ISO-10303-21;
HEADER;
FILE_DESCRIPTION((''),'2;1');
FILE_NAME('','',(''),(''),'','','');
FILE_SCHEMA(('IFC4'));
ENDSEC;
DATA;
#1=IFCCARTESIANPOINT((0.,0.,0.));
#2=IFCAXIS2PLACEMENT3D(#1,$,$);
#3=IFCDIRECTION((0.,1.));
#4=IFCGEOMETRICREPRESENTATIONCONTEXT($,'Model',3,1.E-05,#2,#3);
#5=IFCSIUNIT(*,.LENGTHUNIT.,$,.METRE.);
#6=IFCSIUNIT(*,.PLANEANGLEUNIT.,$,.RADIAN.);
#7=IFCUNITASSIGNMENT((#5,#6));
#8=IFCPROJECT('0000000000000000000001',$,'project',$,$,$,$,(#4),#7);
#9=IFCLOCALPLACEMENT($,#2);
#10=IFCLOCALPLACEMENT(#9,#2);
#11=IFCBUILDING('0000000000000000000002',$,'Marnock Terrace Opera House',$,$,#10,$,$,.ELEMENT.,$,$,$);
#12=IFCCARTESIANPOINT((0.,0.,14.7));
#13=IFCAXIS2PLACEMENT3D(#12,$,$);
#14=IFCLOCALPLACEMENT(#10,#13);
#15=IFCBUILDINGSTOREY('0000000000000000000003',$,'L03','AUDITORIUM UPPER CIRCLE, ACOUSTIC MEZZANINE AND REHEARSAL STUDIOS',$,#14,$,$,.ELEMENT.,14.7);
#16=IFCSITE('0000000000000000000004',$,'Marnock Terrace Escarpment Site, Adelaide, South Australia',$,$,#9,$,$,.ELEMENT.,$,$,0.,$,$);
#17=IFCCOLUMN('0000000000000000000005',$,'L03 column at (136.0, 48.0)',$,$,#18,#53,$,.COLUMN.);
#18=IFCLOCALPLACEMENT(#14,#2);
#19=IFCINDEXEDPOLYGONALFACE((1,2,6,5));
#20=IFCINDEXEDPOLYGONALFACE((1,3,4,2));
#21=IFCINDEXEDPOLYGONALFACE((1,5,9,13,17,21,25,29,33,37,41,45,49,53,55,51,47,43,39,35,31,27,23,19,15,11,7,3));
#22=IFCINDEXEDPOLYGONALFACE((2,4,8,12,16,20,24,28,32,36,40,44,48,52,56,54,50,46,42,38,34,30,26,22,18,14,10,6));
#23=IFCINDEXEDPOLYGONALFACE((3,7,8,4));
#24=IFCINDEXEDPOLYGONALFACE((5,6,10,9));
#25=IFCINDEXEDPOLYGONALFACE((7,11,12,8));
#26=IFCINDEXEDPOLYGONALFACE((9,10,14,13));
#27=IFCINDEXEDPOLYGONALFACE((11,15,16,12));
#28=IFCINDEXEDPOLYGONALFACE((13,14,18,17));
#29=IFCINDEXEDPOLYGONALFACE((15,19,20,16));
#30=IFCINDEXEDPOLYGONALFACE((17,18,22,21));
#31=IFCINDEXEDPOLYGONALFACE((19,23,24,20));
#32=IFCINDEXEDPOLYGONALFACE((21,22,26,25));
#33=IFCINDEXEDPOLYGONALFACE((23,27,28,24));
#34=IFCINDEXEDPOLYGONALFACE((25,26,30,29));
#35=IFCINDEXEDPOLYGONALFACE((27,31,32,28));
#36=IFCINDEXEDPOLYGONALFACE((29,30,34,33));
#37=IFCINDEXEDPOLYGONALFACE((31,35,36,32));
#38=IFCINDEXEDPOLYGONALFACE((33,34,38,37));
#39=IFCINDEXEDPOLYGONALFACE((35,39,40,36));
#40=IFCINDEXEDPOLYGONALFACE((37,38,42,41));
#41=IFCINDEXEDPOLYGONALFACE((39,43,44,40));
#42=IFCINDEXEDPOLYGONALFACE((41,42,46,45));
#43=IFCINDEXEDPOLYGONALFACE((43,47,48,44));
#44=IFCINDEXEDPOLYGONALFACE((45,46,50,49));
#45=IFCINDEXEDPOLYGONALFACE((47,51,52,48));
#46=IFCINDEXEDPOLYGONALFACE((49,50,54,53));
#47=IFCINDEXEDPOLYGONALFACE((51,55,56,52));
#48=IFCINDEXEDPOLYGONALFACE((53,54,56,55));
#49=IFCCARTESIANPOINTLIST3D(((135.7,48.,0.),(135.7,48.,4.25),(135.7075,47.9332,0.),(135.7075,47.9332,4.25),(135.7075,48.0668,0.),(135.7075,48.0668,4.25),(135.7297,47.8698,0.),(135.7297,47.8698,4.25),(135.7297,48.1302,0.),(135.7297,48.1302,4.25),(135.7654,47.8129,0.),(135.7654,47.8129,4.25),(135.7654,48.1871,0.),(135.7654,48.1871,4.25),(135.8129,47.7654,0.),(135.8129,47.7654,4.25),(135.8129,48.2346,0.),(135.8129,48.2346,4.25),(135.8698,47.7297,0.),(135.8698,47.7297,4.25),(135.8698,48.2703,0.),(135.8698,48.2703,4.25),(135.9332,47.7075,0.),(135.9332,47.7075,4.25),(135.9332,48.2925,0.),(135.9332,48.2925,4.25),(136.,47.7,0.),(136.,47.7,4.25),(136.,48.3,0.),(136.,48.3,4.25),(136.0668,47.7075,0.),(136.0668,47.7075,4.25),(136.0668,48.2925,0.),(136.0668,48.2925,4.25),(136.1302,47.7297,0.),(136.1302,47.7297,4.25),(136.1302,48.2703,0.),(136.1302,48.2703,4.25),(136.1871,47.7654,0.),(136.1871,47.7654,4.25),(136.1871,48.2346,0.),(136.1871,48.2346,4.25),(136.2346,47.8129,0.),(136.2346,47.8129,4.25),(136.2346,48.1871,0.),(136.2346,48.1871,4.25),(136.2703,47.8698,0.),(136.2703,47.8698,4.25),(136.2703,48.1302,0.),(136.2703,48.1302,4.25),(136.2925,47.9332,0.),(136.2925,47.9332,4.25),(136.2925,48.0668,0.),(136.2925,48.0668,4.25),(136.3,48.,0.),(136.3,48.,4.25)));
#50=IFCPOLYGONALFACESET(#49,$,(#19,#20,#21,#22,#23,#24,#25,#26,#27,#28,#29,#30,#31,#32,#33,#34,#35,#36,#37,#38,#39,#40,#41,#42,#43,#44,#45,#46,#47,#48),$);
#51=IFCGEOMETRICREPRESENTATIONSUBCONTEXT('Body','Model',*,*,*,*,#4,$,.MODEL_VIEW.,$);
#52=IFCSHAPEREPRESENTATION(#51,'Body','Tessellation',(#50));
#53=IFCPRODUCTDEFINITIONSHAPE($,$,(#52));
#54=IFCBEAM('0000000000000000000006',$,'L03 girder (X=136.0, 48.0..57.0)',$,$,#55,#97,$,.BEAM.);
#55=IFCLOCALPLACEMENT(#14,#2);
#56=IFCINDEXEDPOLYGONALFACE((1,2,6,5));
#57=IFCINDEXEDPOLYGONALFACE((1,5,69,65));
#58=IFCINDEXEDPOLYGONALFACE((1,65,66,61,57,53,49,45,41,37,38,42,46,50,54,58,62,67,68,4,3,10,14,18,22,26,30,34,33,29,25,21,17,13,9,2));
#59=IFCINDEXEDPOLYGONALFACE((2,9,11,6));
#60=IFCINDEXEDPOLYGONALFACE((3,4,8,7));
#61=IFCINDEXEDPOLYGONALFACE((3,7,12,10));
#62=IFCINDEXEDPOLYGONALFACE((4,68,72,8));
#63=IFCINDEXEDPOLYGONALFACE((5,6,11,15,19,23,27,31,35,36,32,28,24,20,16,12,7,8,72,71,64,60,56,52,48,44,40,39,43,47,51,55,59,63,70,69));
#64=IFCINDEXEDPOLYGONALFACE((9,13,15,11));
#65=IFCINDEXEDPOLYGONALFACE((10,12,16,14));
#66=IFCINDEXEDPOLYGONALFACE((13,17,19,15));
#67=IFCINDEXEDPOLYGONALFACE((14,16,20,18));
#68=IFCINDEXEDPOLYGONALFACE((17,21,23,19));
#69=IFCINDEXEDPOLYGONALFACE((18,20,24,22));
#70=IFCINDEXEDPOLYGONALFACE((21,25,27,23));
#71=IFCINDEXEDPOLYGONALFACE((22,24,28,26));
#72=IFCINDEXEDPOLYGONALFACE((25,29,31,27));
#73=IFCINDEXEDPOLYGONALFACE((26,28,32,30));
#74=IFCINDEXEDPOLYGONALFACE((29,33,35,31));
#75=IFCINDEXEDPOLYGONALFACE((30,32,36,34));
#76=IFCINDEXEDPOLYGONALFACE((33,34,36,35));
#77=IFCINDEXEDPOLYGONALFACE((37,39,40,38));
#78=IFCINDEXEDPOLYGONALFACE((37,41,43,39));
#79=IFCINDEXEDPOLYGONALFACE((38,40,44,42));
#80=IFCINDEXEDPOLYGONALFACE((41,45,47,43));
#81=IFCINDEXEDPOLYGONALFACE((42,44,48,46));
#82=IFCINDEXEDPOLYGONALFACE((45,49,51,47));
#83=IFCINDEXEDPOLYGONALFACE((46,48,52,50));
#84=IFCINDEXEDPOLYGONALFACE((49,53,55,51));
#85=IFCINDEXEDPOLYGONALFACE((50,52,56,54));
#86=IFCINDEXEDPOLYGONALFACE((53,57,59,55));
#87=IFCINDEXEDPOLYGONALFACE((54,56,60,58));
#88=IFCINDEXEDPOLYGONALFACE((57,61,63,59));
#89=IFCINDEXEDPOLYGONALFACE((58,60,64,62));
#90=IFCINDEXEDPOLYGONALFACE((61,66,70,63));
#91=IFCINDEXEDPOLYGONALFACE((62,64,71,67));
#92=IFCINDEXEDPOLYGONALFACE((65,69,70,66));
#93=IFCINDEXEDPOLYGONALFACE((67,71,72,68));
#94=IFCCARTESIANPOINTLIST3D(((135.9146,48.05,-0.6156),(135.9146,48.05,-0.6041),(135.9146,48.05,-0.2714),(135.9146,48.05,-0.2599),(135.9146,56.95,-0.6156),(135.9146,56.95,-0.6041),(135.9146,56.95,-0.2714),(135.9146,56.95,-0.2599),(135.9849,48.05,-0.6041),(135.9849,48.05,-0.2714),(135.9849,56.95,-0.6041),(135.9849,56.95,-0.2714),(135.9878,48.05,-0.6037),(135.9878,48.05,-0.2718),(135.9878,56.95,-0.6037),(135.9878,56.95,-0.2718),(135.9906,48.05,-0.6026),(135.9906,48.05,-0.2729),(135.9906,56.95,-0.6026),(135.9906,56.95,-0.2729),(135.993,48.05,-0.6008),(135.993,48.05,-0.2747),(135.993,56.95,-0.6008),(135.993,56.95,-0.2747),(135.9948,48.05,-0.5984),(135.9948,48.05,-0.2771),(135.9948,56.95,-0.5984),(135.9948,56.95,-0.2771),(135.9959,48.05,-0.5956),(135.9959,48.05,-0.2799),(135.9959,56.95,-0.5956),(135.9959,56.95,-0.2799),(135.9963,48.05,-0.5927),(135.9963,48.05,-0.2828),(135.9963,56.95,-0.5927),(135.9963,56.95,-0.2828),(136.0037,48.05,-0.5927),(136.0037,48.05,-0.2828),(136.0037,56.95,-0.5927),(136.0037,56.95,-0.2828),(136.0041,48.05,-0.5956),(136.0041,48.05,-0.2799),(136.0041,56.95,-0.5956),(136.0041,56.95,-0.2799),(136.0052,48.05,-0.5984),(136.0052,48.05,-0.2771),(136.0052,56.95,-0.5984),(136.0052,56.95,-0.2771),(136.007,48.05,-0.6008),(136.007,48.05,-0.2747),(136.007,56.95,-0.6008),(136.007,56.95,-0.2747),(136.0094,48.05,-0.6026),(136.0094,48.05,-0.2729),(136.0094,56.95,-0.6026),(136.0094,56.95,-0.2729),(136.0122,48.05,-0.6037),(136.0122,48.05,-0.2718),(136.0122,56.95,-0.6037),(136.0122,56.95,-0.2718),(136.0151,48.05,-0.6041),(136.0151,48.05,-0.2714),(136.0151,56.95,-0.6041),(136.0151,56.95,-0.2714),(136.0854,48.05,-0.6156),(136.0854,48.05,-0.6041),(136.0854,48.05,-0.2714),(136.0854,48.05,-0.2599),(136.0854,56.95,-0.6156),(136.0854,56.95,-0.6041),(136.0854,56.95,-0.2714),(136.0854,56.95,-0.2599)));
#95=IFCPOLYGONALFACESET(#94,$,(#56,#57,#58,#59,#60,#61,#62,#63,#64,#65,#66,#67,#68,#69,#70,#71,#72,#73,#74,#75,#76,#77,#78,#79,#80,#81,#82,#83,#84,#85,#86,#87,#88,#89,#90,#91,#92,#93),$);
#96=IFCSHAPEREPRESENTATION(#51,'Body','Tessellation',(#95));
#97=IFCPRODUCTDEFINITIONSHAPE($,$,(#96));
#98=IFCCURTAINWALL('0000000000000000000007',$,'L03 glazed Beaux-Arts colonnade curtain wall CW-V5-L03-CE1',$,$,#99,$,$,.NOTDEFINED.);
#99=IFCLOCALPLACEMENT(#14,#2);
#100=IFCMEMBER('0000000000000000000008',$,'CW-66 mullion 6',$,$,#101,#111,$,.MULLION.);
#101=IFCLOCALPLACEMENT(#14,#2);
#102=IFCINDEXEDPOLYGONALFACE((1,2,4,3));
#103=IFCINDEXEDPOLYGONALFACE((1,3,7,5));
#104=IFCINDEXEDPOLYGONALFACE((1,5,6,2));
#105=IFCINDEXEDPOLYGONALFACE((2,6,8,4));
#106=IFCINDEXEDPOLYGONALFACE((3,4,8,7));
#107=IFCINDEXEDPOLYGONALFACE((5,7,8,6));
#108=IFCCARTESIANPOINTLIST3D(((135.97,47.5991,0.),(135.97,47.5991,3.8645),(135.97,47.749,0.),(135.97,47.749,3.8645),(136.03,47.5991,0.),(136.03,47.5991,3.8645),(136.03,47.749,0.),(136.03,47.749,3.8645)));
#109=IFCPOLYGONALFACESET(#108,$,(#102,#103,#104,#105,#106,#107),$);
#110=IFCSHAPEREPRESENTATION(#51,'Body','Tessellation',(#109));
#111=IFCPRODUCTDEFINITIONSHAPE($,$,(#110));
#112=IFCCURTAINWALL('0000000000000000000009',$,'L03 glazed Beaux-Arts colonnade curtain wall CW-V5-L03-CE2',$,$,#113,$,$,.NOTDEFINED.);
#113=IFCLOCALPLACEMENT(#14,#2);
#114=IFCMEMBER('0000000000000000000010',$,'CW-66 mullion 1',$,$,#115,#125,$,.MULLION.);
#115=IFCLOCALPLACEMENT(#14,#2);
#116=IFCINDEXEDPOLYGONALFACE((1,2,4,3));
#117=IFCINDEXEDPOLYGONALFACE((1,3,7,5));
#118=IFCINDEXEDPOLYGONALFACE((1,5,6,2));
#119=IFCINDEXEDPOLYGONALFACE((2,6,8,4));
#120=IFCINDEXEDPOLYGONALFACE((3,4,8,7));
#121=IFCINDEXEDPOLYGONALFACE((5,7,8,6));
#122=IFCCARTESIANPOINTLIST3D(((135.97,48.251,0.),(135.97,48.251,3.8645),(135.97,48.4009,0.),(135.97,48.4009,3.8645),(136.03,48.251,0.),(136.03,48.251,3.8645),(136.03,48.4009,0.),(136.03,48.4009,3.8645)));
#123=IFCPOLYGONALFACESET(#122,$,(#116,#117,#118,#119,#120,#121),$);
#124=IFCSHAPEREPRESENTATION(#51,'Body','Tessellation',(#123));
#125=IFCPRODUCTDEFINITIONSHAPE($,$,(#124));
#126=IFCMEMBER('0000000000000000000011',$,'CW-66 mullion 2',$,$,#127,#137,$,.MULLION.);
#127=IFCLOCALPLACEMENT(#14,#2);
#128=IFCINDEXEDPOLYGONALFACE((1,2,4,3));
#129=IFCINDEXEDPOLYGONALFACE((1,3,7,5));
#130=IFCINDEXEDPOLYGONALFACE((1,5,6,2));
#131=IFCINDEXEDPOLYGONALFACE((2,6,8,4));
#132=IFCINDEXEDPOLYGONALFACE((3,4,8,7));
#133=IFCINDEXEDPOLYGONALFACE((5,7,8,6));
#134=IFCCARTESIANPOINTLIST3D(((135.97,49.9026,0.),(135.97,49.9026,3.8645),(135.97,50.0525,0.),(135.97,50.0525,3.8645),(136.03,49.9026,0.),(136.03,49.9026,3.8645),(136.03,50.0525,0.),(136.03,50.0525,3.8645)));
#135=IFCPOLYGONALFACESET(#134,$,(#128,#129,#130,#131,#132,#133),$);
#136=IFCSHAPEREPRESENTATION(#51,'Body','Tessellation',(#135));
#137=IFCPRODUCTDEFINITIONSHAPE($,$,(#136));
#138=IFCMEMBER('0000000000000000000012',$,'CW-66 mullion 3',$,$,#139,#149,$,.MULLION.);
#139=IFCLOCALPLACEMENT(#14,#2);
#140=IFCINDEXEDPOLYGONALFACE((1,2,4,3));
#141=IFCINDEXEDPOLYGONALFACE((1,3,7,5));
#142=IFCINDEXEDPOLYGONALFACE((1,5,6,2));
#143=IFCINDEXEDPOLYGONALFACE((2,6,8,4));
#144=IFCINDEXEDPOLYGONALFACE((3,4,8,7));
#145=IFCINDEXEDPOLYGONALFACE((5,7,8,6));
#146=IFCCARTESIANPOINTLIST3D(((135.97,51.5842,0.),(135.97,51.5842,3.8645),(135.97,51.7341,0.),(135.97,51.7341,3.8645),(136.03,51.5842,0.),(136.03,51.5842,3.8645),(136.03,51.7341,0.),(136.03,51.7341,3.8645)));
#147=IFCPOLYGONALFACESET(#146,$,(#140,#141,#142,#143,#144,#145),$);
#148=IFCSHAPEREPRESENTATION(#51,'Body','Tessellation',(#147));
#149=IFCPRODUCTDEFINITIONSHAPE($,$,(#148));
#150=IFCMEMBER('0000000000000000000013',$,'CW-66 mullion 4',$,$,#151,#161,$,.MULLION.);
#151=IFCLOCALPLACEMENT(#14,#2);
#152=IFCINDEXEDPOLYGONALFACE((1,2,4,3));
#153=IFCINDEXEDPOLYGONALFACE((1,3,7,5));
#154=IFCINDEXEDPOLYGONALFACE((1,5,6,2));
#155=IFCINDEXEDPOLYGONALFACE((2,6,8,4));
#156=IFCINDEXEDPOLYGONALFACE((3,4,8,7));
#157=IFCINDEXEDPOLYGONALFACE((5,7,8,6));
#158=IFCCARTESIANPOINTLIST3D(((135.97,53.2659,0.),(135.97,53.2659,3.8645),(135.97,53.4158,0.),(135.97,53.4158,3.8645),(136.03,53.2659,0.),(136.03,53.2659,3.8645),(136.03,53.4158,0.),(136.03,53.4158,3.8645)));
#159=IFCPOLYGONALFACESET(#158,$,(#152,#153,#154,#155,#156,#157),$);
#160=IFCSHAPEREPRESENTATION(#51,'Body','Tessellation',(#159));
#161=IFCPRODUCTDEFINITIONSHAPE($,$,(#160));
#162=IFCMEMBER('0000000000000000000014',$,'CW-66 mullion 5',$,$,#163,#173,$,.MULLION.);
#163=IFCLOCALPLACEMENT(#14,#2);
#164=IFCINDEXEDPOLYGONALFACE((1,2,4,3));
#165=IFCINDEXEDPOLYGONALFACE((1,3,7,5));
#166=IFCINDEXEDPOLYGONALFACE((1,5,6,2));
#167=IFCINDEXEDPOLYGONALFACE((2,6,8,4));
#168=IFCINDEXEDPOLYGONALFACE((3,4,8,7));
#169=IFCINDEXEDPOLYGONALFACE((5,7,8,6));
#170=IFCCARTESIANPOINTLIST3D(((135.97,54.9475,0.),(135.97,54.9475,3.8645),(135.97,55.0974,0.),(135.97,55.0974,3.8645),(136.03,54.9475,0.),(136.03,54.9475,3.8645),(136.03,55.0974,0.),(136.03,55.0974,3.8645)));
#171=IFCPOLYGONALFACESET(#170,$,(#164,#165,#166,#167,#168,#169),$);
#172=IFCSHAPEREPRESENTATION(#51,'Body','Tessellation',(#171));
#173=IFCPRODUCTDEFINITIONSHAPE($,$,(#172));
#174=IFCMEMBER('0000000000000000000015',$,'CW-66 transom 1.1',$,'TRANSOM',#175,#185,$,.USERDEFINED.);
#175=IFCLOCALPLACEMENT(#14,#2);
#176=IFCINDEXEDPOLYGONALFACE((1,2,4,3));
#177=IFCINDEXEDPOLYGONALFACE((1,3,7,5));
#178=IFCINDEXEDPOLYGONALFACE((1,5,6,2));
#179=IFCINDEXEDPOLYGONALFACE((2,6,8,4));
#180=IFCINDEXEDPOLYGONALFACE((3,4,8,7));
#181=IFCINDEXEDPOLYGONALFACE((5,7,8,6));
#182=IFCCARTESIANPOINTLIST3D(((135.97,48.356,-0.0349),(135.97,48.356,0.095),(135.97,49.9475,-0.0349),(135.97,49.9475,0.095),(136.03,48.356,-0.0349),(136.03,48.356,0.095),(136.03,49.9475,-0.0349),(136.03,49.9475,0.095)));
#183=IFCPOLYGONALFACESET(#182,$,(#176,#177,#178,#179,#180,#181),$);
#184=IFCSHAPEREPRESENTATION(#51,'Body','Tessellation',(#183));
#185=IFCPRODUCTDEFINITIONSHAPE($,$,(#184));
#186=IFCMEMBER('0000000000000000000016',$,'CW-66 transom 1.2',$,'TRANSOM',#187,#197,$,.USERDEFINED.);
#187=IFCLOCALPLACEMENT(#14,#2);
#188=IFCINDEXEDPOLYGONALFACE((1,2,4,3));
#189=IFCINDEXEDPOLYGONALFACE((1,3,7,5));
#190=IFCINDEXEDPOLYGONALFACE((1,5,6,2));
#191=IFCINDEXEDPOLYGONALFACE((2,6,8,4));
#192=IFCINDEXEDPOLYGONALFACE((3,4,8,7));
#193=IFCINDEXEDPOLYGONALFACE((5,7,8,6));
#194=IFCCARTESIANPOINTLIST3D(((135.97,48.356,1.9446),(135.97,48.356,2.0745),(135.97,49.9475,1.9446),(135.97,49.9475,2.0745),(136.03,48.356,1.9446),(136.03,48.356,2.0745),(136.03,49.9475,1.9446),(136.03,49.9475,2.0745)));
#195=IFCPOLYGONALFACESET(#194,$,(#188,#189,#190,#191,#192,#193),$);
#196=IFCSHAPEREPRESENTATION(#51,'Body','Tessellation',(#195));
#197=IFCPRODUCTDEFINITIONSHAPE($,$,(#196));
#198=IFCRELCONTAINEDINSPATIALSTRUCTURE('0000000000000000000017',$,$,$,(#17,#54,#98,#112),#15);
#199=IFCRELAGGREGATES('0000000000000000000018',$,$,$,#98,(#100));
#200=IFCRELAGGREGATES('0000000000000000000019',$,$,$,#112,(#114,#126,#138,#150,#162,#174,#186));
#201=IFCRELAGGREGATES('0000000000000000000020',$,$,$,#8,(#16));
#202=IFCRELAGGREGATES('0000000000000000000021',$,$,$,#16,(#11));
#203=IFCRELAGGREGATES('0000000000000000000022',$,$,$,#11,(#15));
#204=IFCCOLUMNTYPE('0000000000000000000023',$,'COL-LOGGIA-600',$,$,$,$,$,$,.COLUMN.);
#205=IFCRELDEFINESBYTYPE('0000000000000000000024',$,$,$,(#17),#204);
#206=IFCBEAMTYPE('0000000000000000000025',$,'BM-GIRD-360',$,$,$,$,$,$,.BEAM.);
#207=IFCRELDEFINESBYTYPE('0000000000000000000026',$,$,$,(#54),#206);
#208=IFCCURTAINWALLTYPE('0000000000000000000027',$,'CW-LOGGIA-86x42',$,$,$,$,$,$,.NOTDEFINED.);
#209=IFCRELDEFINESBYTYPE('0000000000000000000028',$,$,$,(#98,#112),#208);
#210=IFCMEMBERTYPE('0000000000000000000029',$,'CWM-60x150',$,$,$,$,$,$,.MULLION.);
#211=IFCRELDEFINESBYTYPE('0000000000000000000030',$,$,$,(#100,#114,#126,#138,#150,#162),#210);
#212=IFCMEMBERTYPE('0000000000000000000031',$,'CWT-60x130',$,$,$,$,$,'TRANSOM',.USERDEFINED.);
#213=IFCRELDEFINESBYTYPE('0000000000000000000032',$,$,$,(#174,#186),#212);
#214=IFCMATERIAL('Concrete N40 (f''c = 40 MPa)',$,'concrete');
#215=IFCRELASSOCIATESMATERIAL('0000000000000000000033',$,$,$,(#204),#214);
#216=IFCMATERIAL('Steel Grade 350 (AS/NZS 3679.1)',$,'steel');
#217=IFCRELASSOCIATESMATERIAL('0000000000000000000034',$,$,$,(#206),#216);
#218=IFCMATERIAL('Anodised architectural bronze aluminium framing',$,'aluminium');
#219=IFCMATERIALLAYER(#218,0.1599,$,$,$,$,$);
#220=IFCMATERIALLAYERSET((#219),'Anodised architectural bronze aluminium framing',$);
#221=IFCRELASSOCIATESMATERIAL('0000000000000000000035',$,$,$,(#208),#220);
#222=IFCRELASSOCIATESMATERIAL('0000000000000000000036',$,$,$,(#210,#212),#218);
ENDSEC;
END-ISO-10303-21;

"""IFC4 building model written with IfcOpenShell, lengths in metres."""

from ifc_helpers import new_model, si_unit, direction, frame, origin, origin_2d, place, context, subcontext, project, spatial, rectangle, circle, i_section, extrude, material, layer, layer_set, material_profile, profile_set, type_object, element, aggregate, save


model = new_model("IFC4")

# Units and contexts
model_context = context("Model", 3, precision=1e-05, world=origin(), true_north=direction((0.0, 1.0)))
body_context = subcontext(model_context, "Body", "Model", "MODEL_VIEW")
ifc_project = project(units=[si_unit("LENGTHUNIT", "METRE"), si_unit("PLANEANGLEUNIT", "RADIAN")], contexts=[model_context])

# Site, building, storey
site_placement = place(None, origin())
site = spatial("IfcSite", under=ifc_project, at=site_placement, Name="Marnock Terrace Escarpment Site, Adelaide, South Australia", CompositionType="ELEMENT", RefElevation=0.0)
building_placement = place(site_placement, origin())
building = spatial("IfcBuilding", under=site, at=building_placement, Name="Marnock Terrace Opera House", CompositionType="ELEMENT")
storey_placement = place(building_placement, frame((0.0, 0.0, 14.7)))
storey = spatial("IfcBuildingStorey", under=building, at=storey_placement, Name="L03", Description="AUDITORIUM UPPER CIRCLE, ACOUSTIC MEZZANINE AND REHEARSAL STUDIOS", CompositionType="ELEMENT", Elevation=14.7)

# Column
ifc_material_1 = material(Name="Concrete N40 (f'c = 40 MPa)", Category="concrete")
ifc_material_profile_1 = material_profile(ifc_material_1, circle(Radius=0.3, at=origin_2d()))
ifc_profile_set_1 = profile_set([ifc_material_profile_1], Name="Concrete N40 (f'c = 40 MPa)")
column_type = type_object("IfcColumnType", Name="COL-LOGGIA-600", PredefinedType="COLUMN", material=ifc_profile_set_1)
column_placement = place(storey_placement, frame((136.0, 48.0, 0.0), z_axis=(0.0, 0.0, 1.0), x_axis=(1.0, 0.0, 0.0)))
element("IfcColumn", 1, at=column_placement, inside=storey, type_object=column_type, Name="L03 column at (136.0, 48.0)", PredefinedType="COLUMN", context=body_context, shape_type="SweptSolid", body=[
    extrude(circle(Radius=0.3, at=origin_2d()), origin(), (0.0, 0.0, 1.0), 4.25),
])

# Beam
ifc_material_2 = material(Name="Steel Grade 350 (AS/NZS 3679.1)", Category="steel")
ifc_material_profile_2 = material_profile(ifc_material_2, i_section(OverallWidth=0.1709, OverallDepth=0.3557, WebThickness=0.0073, FlangeThickness=0.0115, FilletRadius=0.0115, at=origin_2d()))
ifc_profile_set_2 = profile_set([ifc_material_profile_2], Name="Steel Grade 350 (AS/NZS 3679.1)")
beam_type = type_object("IfcBeamType", Name="BM-GIRD-360", PredefinedType="BEAM", material=ifc_profile_set_2)
beam_placement = place(storey_placement, frame((136.0, 48.05, -0.4377), z_axis=(0.0, 1.0, 0.0), x_axis=(-1.0, 0.0, 0.0)))
element("IfcBeam", 2, at=beam_placement, inside=storey, type_object=beam_type, Name="L03 girder (X=136.0, 48.0..57.0)", PredefinedType="BEAM", context=body_context, shape_type="SweptSolid", body=[
    extrude(i_section(OverallWidth=0.1709, OverallDepth=0.3557, WebThickness=0.0073, FlangeThickness=0.0115, FilletRadius=0.0115, at=origin_2d()), origin(), (0.0, 0.0, 1.0), 8.8999),
])

# Curtain wall, member
ifc_material_3 = material(Name="Anodised architectural bronze aluminium framing", Category="aluminium")
ifc_layer_1 = layer(ifc_material_3, 0.1599)
ifc_layer_set_1 = layer_set([ifc_layer_1], Name="Anodised architectural bronze aluminium framing")
curtain_wall_type = type_object("IfcCurtainWallType", Name="CW-LOGGIA-86x42", PredefinedType="NOTDEFINED", material=ifc_layer_set_1)
curtain_wall_1_placement = place(storey_placement, origin())
curtain_wall_1 = element("IfcCurtainWall", 3, at=curtain_wall_1_placement, inside=storey, type_object=curtain_wall_type, Name="L03 glazed Beaux-Arts colonnade curtain wall CW-V5-L03-CE1", PredefinedType="NOTDEFINED")
ifc_material_profile_3 = material_profile(ifc_material_3, rectangle(XDim=0.0601, YDim=0.1499, at=origin_2d()))
ifc_profile_set_3 = profile_set([ifc_material_profile_3], Name="Anodised architectural bronze aluminium framing")
member_type_1 = type_object("IfcMemberType", Name="CWM-60x150", PredefinedType="MULLION", material=ifc_profile_set_3)
member_1_placement = place(storey_placement, frame((136.0, 47.6741, 0.0), z_axis=(0.0, 0.0, 1.0), x_axis=(-1.0, 0.0, 0.0)))
member_1 = element("IfcMember", 4, at=member_1_placement, type_object=member_type_1, Name="CW-66 mullion 6", PredefinedType="MULLION", context=body_context, shape_type="SweptSolid", body=[
    extrude(rectangle(XDim=0.0601, YDim=0.1499, at=origin_2d()), origin(), (0.0, 0.0, 1.0), 3.8645),
])

# Curtain wall, members
curtain_wall_2_placement = place(storey_placement, origin())
curtain_wall_2 = element("IfcCurtainWall", 5, at=curtain_wall_2_placement, inside=storey, type_object=curtain_wall_type, Name="L03 glazed Beaux-Arts colonnade curtain wall CW-V5-L03-CE2", PredefinedType="NOTDEFINED")
member_2_placement = place(storey_placement, frame((136.0, 48.3259, 0.0), z_axis=(0.0, 0.0, 1.0), x_axis=(-1.0, 0.0, 0.0)))
member_2 = element("IfcMember", 6, at=member_2_placement, type_object=member_type_1, Name="CW-66 mullion 1", PredefinedType="MULLION", context=body_context, shape_type="SweptSolid", body=[
    extrude(rectangle(XDim=0.0601, YDim=0.1499, at=origin_2d()), origin(), (0.0, 0.0, 1.0), 3.8645),
])
member_3_placement = place(storey_placement, frame((136.0, 49.9775, 0.0), z_axis=(0.0, 0.0, 1.0), x_axis=(-1.0, 0.0, 0.0)))
member_3 = element("IfcMember", 7, at=member_3_placement, type_object=member_type_1, Name="CW-66 mullion 2", PredefinedType="MULLION", context=body_context, shape_type="SweptSolid", body=[
    extrude(rectangle(XDim=0.0601, YDim=0.1499, at=origin_2d()), origin(), (0.0, 0.0, 1.0), 3.8645),
])
member_4_placement = place(storey_placement, frame((136.0, 51.6592, 0.0), z_axis=(0.0, 0.0, 1.0), x_axis=(-1.0, 0.0, 0.0)))
member_4 = element("IfcMember", 8, at=member_4_placement, type_object=member_type_1, Name="CW-66 mullion 3", PredefinedType="MULLION", context=body_context, shape_type="SweptSolid", body=[
    extrude(rectangle(XDim=0.0601, YDim=0.1499, at=origin_2d()), origin(), (0.0, 0.0, 1.0), 3.8645),
])
member_5_placement = place(storey_placement, frame((136.0, 53.3408, 0.0), z_axis=(0.0, 0.0, 1.0), x_axis=(-1.0, 0.0, 0.0)))
member_5 = element("IfcMember", 9, at=member_5_placement, type_object=member_type_1, Name="CW-66 mullion 4", PredefinedType="MULLION", context=body_context, shape_type="SweptSolid", body=[
    extrude(rectangle(XDim=0.0601, YDim=0.1499, at=origin_2d()), origin(), (0.0, 0.0, 1.0), 3.8645),
])
member_6_placement = place(storey_placement, frame((136.0, 55.0225, 0.0), z_axis=(0.0, 0.0, 1.0), x_axis=(-1.0, 0.0, 0.0)))
member_6 = element("IfcMember", 10, at=member_6_placement, type_object=member_type_1, Name="CW-66 mullion 5", PredefinedType="MULLION", context=body_context, shape_type="SweptSolid", body=[
    extrude(rectangle(XDim=0.0601, YDim=0.1499, at=origin_2d()), origin(), (0.0, 0.0, 1.0), 3.8645),
])
ifc_material_profile_4 = material_profile(ifc_material_3, rectangle(XDim=0.0601, YDim=0.1299, at=origin_2d()))
ifc_profile_set_4 = profile_set([ifc_material_profile_4], Name="Anodised architectural bronze aluminium framing")
member_type_2 = type_object("IfcMemberType", Name="CWT-60x130", ElementType="TRANSOM", PredefinedType="USERDEFINED", material=ifc_profile_set_4)
member_7_placement = place(storey_placement, frame((136.0, 48.356, 0.03), z_axis=(0.0, 1.0, 0.0), x_axis=(-1.0, 0.0, 0.0)))
member_7 = element("IfcMember", 11, at=member_7_placement, type_object=member_type_2, Name="CW-66 transom 1.1", ObjectType="TRANSOM", PredefinedType="USERDEFINED", context=body_context, shape_type="SweptSolid", body=[
    extrude(rectangle(XDim=0.0601, YDim=0.1299, at=origin_2d()), origin(), (0.0, 0.0, 1.0), 1.5916),
])
member_8_placement = place(storey_placement, frame((136.0, 48.356, 2.0095), z_axis=(0.0, 1.0, 0.0), x_axis=(-1.0, 0.0, 0.0)))
member_8 = element("IfcMember", 12, at=member_8_placement, type_object=member_type_2, Name="CW-66 transom 1.2", ObjectType="TRANSOM", PredefinedType="USERDEFINED", context=body_context, shape_type="SweptSolid", body=[
    extrude(rectangle(XDim=0.0601, YDim=0.1299, at=origin_2d()), origin(), (0.0, 0.0, 1.0), 1.5916),
])

aggregate(curtain_wall_1, [member_1])
aggregate(curtain_wall_2, [member_2, member_3, member_4, member_5, member_6, member_7, member_8])

save(model, "model.ifc")
